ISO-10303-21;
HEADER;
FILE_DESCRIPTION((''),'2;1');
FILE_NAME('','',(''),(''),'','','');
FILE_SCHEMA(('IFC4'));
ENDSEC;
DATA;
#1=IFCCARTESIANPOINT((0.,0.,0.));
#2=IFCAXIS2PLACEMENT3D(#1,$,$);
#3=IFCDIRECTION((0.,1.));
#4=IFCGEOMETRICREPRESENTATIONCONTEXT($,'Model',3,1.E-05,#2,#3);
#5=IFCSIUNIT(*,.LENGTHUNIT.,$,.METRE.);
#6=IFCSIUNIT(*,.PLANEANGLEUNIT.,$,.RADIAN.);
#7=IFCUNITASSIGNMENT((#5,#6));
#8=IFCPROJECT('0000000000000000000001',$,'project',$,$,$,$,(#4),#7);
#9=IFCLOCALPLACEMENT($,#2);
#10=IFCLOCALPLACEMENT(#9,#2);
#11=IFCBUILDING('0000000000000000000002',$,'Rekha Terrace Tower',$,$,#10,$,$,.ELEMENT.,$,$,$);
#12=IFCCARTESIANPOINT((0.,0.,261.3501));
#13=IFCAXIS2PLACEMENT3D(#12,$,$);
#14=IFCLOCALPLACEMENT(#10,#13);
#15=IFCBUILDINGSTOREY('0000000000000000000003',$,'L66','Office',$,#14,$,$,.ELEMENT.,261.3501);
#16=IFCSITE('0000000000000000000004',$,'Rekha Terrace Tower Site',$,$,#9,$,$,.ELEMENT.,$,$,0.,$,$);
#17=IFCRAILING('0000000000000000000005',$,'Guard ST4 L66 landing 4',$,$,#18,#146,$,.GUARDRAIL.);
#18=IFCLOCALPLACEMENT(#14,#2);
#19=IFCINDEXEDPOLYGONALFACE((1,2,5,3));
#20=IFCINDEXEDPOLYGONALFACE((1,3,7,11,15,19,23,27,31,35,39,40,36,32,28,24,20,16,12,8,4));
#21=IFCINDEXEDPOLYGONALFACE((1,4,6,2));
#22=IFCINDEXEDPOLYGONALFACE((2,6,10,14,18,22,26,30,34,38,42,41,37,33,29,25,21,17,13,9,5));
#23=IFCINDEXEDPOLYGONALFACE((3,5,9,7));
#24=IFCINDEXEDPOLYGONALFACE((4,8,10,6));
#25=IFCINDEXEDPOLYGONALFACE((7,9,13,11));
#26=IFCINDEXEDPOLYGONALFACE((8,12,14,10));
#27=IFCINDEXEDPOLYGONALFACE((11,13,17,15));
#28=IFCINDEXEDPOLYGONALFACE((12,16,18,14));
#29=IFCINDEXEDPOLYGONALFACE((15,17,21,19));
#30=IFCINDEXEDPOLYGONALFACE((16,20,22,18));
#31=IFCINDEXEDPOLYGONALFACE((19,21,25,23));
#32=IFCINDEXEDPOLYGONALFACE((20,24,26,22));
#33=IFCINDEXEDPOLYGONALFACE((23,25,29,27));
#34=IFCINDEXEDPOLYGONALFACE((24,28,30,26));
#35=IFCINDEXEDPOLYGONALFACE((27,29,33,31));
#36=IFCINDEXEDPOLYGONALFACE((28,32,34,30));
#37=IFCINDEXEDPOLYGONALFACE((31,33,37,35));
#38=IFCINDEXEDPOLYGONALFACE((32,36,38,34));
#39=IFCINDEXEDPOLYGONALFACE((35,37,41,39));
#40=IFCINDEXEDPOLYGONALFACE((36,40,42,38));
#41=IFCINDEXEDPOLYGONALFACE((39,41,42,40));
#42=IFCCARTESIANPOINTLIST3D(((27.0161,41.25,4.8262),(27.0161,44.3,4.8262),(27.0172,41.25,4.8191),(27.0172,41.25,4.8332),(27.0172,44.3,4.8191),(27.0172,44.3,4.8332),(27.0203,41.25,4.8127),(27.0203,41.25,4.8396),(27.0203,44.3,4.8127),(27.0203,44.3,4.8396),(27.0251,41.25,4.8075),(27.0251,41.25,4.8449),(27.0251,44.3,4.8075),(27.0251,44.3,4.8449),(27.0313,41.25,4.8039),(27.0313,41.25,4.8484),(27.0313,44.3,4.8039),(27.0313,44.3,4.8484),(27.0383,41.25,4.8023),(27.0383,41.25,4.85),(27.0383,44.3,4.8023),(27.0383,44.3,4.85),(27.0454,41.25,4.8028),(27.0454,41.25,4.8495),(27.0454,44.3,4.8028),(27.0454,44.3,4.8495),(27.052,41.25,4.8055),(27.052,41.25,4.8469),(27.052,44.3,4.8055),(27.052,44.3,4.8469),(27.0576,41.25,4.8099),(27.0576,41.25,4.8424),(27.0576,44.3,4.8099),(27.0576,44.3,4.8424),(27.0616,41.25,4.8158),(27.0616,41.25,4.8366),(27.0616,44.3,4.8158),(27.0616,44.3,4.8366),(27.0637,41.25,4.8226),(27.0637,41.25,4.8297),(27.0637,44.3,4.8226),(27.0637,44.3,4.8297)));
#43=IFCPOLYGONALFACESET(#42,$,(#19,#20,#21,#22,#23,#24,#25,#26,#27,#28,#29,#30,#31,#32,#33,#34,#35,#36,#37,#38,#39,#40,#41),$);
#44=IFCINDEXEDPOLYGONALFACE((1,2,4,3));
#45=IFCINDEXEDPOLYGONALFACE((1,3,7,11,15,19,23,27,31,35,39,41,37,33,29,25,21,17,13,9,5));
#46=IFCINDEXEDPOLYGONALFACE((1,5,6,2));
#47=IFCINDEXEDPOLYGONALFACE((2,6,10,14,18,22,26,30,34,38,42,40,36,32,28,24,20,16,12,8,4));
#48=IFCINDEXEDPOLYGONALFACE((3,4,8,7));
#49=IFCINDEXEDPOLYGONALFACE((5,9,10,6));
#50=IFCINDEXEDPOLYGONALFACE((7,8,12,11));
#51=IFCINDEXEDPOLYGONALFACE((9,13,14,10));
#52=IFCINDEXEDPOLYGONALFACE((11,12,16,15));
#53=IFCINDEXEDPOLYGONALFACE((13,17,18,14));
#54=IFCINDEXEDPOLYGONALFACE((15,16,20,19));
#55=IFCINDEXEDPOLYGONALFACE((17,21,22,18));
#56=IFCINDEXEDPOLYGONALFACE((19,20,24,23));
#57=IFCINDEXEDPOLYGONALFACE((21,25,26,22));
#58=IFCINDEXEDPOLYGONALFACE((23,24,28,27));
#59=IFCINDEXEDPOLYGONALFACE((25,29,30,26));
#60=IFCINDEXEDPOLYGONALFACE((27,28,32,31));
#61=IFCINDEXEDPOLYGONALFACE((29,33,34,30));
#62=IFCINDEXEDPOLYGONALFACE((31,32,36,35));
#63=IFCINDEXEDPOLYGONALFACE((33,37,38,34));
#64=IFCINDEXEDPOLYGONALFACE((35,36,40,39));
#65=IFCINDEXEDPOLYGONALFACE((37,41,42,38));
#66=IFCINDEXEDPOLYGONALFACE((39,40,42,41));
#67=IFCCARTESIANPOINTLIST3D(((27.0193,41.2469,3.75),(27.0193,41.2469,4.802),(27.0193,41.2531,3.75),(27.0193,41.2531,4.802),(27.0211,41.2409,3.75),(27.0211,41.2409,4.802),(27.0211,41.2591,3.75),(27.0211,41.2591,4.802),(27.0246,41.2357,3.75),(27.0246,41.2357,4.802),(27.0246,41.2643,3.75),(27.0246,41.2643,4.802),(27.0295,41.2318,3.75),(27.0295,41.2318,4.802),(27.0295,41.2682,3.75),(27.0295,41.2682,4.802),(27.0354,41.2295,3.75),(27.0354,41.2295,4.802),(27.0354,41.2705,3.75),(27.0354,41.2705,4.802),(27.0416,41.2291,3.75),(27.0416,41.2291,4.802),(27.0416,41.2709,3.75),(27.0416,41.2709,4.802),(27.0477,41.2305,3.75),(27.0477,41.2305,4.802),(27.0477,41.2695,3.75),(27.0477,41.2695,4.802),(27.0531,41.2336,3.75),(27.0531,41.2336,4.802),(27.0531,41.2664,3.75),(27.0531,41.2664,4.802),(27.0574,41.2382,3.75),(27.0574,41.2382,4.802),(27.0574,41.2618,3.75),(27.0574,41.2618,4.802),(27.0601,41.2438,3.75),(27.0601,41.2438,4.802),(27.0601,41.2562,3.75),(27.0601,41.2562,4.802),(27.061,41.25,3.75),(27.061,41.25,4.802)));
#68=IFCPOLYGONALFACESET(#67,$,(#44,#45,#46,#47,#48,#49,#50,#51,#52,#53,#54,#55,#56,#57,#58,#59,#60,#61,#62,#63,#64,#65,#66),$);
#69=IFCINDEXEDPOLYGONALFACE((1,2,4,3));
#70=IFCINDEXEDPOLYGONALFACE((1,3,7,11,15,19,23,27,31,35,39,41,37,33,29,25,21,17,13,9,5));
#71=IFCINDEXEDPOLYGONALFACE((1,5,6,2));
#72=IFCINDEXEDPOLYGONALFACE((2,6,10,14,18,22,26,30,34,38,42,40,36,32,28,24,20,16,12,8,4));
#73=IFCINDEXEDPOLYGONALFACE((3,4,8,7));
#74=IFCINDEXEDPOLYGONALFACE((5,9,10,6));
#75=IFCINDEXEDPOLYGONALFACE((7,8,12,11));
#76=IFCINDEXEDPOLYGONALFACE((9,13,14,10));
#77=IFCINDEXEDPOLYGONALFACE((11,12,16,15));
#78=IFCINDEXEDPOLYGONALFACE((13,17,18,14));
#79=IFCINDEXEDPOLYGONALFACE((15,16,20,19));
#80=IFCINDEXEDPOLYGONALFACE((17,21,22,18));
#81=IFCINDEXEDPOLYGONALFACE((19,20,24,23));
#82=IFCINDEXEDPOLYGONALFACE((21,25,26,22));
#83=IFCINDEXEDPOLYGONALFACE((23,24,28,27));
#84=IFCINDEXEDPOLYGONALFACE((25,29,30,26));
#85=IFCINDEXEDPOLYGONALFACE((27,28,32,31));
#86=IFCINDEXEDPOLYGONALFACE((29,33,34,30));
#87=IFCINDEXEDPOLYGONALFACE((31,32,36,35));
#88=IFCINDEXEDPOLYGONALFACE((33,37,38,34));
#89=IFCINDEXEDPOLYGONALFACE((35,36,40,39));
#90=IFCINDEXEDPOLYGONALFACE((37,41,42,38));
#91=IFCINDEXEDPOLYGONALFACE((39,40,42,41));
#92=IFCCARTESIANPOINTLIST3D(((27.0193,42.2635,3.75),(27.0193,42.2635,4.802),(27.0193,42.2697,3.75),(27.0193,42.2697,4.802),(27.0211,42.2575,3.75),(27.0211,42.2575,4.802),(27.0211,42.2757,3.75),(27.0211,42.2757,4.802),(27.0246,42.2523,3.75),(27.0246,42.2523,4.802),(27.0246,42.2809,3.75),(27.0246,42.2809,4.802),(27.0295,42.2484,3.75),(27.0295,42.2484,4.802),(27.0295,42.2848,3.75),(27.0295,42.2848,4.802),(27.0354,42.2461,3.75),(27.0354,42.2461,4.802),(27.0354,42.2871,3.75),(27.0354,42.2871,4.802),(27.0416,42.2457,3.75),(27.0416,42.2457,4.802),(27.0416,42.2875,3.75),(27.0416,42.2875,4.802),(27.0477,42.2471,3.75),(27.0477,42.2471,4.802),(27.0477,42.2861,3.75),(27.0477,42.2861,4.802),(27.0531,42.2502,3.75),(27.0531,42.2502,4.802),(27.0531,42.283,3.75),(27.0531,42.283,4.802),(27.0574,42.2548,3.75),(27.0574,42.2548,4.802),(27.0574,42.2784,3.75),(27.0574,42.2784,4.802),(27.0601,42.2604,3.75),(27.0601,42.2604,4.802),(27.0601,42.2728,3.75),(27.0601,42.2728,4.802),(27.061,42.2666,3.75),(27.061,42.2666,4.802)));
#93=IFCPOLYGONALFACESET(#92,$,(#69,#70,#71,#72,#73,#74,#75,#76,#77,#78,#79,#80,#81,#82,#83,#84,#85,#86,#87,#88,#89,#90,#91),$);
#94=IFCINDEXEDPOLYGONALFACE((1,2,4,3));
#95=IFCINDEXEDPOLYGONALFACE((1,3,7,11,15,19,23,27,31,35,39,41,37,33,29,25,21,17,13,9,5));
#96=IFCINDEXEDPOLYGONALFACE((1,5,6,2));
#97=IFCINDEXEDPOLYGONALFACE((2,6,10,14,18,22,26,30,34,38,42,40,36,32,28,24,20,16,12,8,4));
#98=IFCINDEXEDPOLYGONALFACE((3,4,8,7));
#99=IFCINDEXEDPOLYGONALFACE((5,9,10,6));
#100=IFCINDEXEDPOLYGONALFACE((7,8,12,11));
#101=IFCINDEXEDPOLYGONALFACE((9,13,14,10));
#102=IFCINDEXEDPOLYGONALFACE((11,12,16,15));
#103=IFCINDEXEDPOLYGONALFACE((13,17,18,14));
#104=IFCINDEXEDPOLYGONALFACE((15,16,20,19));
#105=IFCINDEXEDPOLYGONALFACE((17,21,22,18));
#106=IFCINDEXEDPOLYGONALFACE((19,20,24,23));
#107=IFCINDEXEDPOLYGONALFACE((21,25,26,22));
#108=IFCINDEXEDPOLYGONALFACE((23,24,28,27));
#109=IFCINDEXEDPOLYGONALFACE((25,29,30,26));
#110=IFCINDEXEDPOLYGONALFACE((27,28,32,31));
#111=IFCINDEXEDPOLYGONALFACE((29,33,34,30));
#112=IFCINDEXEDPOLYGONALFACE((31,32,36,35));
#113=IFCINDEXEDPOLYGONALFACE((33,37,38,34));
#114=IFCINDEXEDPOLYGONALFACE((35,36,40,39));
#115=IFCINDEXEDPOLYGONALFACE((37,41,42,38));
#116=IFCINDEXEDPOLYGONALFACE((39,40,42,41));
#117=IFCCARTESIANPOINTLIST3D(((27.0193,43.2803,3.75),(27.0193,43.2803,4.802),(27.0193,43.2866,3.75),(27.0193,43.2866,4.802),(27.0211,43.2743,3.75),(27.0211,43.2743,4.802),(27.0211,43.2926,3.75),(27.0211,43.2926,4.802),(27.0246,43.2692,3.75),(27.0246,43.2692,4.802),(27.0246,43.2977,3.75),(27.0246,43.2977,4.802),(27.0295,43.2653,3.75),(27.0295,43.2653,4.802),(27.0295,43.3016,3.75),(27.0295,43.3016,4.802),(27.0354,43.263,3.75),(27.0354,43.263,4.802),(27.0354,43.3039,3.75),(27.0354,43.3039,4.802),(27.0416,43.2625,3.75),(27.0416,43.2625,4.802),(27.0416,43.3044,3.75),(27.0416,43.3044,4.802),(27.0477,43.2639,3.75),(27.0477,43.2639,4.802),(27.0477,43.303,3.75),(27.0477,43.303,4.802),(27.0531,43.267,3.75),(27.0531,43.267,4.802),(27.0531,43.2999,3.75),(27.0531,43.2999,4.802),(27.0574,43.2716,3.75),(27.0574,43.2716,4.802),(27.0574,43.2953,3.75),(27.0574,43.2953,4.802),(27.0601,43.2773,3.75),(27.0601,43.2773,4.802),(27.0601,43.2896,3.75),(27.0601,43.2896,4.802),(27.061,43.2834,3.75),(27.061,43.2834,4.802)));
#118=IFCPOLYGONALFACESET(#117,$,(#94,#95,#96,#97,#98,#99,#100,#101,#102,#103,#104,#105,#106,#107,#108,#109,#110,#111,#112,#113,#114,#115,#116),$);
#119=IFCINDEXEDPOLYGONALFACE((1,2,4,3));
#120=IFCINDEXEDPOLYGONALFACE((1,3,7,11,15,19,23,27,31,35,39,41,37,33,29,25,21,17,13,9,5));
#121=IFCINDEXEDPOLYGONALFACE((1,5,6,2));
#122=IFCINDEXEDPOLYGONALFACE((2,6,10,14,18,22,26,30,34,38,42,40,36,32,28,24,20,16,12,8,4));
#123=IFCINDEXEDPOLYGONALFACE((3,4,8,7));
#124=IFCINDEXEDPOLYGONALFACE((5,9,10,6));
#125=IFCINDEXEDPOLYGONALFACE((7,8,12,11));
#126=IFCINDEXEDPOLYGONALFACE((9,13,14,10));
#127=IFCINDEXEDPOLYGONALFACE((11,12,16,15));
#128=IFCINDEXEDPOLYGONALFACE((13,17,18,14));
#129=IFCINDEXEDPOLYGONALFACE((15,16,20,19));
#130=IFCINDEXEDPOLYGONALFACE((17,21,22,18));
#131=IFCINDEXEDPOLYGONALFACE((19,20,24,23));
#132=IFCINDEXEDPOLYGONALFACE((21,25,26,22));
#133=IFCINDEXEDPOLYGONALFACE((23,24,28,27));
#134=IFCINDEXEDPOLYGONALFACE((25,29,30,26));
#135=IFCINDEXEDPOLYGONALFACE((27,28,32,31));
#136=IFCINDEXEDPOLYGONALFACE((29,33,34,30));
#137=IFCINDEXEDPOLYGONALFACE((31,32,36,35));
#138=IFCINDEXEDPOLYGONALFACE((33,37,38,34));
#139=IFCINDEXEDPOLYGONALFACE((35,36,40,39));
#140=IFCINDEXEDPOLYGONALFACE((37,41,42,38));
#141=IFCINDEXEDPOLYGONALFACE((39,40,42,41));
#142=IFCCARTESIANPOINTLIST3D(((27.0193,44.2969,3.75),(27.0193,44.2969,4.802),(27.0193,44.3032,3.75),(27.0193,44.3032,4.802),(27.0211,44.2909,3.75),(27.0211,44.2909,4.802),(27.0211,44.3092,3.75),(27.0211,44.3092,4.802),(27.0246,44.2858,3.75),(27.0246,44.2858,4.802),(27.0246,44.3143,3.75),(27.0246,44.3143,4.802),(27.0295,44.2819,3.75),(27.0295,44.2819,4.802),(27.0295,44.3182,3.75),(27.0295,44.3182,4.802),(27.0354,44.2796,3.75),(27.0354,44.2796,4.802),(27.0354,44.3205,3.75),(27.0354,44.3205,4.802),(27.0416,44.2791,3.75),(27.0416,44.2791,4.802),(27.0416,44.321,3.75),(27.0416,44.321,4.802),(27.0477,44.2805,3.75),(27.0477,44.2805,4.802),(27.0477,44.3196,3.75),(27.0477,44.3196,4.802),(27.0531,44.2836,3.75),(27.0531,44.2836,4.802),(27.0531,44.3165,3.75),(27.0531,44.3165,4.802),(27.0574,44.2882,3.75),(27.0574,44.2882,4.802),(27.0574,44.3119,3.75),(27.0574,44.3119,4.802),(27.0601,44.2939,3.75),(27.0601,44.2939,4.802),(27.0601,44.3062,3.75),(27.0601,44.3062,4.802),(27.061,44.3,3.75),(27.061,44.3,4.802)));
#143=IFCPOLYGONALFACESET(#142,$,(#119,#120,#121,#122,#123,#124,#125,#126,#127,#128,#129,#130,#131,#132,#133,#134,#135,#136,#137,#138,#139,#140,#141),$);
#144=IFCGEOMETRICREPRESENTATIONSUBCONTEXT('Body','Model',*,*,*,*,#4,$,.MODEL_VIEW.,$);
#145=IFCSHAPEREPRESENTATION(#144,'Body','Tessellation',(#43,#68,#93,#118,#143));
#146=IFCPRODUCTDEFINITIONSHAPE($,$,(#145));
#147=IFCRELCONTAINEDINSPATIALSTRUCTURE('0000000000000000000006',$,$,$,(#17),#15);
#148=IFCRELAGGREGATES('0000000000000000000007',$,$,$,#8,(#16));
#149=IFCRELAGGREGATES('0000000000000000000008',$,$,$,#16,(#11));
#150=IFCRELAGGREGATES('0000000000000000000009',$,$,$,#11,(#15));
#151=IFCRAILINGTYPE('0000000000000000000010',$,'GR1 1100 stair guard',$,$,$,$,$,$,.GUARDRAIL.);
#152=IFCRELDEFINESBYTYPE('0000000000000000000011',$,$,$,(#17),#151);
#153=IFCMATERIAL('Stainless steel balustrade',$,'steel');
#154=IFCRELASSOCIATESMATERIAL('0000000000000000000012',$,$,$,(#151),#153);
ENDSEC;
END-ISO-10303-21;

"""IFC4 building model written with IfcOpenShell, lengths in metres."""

from ifc_helpers import new_model, si_unit, direction, frame, origin, origin_2d, place, context, subcontext, project, spatial, circle, extrude, material, type_object, element, save


model = new_model("IFC4")

# Units and contexts
model_context = context("Model", 3, precision=1e-05, world=origin(), true_north=direction((0.0, 1.0)))
body_context = subcontext(model_context, "Body", "Model", "MODEL_VIEW")
ifc_project = project(units=[si_unit("LENGTHUNIT", "METRE"), si_unit("PLANEANGLEUNIT", "RADIAN")], contexts=[model_context])

# Site, building, storey
site_placement = place(None, origin())
site = spatial("IfcSite", under=ifc_project, at=site_placement, Name="Rekha Terrace Tower Site", CompositionType="ELEMENT", RefElevation=0.0)
building_placement = place(site_placement, origin())
building = spatial("IfcBuilding", under=site, at=building_placement, Name="Rekha Terrace Tower", CompositionType="ELEMENT")
storey_placement = place(building_placement, frame((0.0, 0.0, 261.3501)))
storey = spatial("IfcBuildingStorey", under=building, at=storey_placement, Name="L66", Description="Office", CompositionType="ELEMENT", Elevation=261.3501)

# Railing
ifc_material_1 = material(Name="Stainless steel balustrade", Category="steel")
railing_type_1 = type_object("IfcRailingType", Name="GR1 1100 stair guard", PredefinedType="GUARDRAIL", material=ifc_material_1)
railing_1_placement = place(storey_placement, frame((27.04, 41.25, 3.75)))
element("IfcRailing", 1, at=railing_1_placement, inside=storey, type_object=railing_type_1, Name="Guard ST4 L66 landing 4", PredefinedType="GUARDRAIL", context=body_context, shape_type="SweptSolid", body=[
    extrude(circle(Radius=0.0239, at=origin_2d()), frame((0.0, 0.0, 1.0762), z_axis=(0.0, 1.0, 0.0), x_axis=(-1.0, 0.0, 0.0)), (0.0, 0.0, 1.0), 3.05),
    extrude(circle(Radius=0.021, at=origin_2d()), origin(), (0.0, 0.0, 1.0), 1.052),
    extrude(circle(Radius=0.021, at=origin_2d()), frame((0.0, 1.0166, 0.0)), (0.0, 0.0, 1.0), 1.052),
    extrude(circle(Radius=0.021, at=origin_2d()), frame((0.0, 2.0334, 0.0)), (0.0, 0.0, 1.0), 1.052),
    extrude(circle(Radius=0.021, at=origin_2d()), frame((0.0, 3.05, 0.0)), (0.0, 0.0, 1.0), 1.052),
])

save(model, "model.ifc")
